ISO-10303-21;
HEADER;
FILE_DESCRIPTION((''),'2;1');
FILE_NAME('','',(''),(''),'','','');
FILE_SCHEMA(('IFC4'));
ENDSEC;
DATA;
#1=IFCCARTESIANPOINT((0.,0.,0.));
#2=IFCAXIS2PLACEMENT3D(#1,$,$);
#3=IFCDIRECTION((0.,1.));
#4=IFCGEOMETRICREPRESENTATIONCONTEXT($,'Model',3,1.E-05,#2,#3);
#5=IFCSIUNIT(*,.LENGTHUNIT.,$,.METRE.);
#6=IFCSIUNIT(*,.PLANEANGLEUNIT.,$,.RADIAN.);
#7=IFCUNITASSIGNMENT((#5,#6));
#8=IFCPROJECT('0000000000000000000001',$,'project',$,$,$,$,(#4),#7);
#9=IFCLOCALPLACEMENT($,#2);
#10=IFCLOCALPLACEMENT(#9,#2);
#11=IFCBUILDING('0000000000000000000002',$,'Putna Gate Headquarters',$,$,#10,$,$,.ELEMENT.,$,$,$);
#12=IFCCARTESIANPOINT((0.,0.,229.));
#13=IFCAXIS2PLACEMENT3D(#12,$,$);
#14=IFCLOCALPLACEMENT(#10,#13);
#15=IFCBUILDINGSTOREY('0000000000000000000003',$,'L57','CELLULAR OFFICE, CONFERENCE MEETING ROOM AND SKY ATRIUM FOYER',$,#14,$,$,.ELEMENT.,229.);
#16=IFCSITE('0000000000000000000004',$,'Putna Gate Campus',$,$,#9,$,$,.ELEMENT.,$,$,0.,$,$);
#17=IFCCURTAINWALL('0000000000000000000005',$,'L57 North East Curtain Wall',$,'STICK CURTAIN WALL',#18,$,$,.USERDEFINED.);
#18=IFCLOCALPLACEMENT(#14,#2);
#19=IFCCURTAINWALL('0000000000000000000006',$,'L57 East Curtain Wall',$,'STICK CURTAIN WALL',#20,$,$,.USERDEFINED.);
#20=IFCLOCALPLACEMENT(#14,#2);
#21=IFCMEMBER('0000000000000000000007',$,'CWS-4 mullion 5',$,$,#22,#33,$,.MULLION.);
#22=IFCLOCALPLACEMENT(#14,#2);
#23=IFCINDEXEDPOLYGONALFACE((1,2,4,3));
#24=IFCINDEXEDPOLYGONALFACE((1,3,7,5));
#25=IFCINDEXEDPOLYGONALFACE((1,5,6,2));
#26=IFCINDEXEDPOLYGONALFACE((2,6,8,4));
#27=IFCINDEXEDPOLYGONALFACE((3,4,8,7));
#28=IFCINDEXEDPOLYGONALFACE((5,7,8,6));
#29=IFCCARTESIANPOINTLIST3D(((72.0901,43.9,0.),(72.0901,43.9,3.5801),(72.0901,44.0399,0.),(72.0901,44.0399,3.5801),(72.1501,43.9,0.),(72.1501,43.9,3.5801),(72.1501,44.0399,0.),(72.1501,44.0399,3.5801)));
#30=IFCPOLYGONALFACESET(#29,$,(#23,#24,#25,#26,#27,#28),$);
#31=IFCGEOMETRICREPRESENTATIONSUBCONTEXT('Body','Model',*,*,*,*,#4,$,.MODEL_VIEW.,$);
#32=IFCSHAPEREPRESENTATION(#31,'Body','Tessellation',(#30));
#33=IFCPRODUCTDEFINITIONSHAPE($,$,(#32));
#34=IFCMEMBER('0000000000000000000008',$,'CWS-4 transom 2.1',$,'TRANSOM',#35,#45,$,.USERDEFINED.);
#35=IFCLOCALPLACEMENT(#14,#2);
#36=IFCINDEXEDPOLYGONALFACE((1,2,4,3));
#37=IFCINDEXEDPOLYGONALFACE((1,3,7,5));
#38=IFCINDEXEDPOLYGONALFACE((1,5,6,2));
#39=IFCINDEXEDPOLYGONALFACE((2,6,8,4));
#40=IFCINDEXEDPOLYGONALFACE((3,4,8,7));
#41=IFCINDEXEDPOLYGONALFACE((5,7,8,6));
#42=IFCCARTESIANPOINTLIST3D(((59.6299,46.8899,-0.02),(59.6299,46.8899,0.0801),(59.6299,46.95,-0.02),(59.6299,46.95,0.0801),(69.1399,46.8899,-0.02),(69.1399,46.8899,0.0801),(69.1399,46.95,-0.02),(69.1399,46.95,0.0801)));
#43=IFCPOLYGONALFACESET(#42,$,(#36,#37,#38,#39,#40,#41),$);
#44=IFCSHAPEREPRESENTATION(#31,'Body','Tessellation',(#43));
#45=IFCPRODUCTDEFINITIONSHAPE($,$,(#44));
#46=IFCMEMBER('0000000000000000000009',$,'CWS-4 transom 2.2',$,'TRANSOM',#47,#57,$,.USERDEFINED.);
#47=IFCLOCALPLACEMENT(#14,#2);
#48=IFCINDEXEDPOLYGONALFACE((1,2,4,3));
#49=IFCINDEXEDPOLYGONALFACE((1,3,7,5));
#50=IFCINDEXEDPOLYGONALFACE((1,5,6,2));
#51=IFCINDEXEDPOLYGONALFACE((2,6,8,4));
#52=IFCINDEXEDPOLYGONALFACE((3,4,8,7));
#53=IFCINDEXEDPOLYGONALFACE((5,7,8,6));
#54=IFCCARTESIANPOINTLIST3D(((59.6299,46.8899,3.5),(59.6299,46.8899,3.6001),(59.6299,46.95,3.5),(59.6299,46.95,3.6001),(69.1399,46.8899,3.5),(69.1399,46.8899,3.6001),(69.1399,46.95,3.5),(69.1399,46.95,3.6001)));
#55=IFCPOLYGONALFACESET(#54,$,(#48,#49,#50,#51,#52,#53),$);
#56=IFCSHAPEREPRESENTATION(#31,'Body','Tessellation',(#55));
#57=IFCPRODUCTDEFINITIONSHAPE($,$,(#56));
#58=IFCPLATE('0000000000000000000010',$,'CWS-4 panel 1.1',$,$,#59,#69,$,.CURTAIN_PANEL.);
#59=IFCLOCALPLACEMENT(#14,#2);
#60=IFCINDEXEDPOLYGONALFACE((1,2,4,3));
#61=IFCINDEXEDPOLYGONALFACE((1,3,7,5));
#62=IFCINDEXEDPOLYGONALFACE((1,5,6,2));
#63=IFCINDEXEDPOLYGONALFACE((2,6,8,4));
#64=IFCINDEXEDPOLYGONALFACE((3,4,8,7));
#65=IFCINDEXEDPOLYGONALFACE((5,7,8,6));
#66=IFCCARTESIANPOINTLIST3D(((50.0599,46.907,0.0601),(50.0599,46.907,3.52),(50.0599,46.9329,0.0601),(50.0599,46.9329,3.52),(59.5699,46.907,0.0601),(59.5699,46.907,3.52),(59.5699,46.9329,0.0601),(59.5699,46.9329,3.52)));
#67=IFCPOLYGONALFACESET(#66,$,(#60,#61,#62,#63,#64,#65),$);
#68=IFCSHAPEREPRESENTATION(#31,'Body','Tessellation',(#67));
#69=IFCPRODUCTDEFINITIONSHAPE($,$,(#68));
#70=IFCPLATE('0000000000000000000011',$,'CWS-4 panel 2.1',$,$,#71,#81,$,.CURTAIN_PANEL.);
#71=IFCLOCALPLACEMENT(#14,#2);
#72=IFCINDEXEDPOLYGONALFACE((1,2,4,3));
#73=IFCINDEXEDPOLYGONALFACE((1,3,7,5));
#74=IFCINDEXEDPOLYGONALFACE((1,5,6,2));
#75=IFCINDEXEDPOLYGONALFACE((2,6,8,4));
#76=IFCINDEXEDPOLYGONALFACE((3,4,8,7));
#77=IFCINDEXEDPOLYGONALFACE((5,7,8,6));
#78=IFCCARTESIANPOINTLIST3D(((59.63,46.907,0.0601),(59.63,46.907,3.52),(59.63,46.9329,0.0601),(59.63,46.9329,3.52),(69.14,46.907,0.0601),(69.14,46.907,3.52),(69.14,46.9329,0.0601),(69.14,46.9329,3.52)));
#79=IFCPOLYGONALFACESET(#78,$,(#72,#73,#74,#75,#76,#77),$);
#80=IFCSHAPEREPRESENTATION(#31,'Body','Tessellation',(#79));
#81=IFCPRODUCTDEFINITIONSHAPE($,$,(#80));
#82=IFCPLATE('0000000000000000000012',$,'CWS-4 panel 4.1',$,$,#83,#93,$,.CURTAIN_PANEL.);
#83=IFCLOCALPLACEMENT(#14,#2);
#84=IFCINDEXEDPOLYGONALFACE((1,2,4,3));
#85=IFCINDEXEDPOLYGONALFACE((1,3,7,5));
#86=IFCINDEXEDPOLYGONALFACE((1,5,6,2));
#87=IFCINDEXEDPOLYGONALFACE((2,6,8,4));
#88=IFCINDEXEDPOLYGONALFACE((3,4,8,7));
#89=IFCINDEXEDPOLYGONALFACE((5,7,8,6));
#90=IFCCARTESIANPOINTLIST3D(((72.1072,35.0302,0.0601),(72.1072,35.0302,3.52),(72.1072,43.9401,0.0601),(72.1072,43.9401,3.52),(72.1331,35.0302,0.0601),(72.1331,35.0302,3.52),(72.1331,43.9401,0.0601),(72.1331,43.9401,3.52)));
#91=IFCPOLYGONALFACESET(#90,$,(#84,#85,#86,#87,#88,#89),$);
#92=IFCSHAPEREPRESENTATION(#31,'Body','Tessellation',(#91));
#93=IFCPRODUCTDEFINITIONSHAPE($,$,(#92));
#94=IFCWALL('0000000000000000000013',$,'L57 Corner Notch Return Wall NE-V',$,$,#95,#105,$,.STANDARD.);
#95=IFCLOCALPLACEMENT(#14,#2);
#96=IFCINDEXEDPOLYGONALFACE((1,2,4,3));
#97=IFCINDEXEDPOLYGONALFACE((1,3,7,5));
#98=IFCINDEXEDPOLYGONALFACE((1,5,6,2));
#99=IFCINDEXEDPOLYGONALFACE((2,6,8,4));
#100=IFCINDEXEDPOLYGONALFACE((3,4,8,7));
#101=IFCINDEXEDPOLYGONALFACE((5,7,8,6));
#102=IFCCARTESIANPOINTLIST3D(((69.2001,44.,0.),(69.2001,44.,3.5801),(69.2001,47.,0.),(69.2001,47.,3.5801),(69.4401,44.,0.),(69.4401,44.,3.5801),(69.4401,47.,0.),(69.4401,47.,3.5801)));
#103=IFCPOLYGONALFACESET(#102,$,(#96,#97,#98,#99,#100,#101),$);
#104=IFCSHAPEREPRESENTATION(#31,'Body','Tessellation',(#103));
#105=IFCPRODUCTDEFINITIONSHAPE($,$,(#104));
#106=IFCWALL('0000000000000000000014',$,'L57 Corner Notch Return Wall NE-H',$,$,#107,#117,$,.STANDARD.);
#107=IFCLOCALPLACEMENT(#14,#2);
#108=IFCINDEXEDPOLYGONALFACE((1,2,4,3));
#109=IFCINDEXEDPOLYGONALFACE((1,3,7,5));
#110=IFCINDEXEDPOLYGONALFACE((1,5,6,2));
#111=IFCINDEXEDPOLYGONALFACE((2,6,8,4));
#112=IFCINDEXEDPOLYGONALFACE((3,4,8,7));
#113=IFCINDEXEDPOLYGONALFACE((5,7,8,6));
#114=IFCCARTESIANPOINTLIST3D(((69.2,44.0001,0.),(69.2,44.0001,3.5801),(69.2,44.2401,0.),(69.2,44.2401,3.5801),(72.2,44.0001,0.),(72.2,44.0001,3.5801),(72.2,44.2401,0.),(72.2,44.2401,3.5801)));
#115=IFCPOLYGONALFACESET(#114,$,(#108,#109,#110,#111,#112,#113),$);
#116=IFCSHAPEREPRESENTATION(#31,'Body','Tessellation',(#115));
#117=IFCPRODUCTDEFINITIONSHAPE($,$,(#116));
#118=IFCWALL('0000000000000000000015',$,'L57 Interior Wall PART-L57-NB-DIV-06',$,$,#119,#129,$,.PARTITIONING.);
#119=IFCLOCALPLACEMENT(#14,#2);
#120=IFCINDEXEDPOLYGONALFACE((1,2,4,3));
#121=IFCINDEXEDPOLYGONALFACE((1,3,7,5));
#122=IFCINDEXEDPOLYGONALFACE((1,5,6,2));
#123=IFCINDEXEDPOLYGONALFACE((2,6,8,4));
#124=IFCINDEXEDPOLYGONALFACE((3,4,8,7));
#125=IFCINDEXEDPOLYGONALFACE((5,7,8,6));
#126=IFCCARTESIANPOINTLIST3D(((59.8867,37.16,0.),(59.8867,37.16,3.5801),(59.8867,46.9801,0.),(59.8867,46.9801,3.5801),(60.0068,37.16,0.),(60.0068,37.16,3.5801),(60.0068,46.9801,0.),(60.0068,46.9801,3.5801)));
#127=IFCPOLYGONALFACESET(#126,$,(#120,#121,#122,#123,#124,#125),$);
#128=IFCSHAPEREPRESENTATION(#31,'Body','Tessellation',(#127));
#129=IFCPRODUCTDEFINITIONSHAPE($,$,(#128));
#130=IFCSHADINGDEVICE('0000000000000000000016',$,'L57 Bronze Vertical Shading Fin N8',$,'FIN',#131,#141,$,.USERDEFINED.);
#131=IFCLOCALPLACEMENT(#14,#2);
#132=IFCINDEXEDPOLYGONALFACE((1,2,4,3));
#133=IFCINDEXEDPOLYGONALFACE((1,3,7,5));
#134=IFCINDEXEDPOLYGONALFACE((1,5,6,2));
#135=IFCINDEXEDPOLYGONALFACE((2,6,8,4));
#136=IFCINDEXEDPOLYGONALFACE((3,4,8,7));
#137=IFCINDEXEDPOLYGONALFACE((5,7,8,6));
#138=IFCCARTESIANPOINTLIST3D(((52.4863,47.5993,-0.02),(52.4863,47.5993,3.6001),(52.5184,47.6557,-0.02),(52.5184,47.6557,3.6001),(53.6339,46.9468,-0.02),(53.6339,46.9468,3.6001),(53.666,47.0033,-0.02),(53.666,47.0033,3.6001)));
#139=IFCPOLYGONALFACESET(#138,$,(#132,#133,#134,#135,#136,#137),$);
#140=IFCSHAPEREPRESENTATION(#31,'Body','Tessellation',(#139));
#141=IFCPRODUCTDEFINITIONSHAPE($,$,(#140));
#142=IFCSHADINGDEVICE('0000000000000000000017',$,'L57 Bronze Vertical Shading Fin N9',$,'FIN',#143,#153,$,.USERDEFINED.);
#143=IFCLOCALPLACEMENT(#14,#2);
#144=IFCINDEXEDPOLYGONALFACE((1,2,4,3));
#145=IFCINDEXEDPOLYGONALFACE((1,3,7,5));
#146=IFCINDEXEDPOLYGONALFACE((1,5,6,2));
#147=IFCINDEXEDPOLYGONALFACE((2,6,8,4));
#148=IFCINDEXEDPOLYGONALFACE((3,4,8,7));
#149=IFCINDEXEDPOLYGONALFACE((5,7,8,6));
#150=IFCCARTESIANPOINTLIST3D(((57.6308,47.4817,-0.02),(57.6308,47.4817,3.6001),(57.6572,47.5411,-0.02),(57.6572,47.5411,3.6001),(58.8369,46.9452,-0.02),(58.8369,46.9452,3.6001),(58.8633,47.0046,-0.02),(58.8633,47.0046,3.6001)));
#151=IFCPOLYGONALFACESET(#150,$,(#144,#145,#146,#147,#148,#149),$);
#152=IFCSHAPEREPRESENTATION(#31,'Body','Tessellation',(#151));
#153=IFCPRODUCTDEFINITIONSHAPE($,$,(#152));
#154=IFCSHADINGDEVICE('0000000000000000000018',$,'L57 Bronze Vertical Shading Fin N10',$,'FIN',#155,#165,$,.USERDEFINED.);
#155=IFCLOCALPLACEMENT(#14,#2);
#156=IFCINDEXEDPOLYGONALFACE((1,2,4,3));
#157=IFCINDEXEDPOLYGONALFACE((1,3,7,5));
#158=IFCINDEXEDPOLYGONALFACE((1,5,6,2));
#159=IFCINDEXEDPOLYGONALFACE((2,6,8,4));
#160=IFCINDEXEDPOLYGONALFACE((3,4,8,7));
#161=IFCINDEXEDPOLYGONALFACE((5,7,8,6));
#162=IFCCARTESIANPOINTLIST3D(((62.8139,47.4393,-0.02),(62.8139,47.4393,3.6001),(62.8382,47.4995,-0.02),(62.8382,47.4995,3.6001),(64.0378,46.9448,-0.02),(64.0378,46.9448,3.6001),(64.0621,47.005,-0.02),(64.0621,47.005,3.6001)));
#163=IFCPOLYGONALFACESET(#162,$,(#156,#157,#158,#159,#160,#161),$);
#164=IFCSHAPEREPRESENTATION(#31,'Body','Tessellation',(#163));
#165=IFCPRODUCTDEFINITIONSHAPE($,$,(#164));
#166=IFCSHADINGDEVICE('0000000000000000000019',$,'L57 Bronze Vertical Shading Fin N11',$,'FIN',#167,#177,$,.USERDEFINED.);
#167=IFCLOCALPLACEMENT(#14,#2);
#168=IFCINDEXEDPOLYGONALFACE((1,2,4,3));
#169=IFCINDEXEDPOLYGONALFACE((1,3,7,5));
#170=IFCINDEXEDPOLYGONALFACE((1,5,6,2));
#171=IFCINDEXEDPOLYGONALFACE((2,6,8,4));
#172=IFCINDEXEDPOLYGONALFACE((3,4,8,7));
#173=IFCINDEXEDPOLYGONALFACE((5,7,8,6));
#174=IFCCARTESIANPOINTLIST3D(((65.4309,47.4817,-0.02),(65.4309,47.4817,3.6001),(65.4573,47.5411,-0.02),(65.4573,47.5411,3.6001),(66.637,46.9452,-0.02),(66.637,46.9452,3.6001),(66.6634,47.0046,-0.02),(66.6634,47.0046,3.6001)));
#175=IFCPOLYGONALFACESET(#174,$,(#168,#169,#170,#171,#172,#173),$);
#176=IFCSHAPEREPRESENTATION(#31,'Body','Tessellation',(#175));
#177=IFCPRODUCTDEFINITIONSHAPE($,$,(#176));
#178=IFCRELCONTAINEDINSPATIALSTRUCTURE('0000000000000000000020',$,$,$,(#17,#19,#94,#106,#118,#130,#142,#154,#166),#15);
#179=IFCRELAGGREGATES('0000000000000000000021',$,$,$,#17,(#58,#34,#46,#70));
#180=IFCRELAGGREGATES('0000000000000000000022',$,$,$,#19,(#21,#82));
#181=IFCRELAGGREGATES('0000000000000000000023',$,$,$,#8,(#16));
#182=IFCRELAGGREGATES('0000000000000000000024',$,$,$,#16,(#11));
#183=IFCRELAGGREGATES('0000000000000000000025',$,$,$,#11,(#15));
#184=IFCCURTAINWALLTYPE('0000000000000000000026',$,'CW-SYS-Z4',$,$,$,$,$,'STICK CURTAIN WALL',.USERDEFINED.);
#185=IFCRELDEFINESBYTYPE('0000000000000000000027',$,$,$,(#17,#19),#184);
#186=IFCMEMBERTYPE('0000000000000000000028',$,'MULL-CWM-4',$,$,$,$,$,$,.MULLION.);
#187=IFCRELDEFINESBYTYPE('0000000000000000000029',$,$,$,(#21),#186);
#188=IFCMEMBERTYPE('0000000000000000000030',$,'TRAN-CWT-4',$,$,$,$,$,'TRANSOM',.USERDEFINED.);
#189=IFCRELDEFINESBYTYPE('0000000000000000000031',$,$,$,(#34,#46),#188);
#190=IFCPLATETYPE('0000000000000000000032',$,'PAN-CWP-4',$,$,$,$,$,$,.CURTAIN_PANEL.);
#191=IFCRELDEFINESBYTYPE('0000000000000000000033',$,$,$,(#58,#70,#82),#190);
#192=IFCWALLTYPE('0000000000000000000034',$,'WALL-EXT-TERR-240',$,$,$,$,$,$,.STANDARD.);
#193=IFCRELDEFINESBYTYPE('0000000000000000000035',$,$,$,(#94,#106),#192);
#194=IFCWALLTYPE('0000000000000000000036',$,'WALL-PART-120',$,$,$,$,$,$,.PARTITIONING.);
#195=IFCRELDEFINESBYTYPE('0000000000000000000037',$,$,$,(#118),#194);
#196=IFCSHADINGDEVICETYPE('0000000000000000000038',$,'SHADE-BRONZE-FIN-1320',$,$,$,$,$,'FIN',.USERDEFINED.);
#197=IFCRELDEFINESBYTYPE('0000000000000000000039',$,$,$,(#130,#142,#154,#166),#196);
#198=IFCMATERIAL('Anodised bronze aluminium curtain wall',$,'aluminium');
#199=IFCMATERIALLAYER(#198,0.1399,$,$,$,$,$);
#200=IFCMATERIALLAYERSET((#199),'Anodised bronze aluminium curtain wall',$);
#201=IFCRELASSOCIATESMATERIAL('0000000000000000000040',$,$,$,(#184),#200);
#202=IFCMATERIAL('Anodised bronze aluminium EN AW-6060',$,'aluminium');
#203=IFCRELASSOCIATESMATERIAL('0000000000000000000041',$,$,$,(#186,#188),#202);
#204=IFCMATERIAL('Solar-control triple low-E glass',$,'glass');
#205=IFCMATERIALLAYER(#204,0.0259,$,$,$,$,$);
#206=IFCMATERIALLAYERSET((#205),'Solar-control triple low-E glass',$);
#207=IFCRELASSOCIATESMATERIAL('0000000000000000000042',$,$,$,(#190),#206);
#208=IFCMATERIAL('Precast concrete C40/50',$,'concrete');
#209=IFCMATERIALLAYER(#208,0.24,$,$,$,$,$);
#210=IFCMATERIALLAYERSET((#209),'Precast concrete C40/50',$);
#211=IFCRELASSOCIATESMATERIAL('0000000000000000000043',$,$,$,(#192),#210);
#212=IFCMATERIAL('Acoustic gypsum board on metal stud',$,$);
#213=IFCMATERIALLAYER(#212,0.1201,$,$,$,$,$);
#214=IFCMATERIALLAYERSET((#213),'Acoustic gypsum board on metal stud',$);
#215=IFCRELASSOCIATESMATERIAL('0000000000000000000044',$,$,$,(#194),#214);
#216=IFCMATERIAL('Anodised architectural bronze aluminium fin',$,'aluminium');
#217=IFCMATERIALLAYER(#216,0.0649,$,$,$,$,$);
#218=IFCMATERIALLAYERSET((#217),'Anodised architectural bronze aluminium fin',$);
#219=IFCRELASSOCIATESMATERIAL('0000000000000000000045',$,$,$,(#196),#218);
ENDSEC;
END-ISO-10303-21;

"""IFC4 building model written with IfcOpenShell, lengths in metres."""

from ifc_helpers import new_model, si_unit, direction, frame, frame_2d, origin, origin_2d, place, context, subcontext, project, spatial, rectangle, extrude, material, layer, layer_set, material_profile, profile_set, type_object, element, aggregate, save


model = new_model("IFC4")

# Units and contexts
model_context = context("Model", 3, precision=1e-05, world=origin(), true_north=direction((0.0, 1.0)))
body_context = subcontext(model_context, "Body", "Model", "MODEL_VIEW")
ifc_project = project(units=[si_unit("LENGTHUNIT", "METRE"), si_unit("PLANEANGLEUNIT", "RADIAN")], contexts=[model_context])

# Site, building, storey
site_placement = place(None, origin())
site = spatial("IfcSite", under=ifc_project, at=site_placement, Name="Putna Gate Campus", CompositionType="ELEMENT", RefElevation=0.0)
building_placement = place(site_placement, origin())
building = spatial("IfcBuilding", under=site, at=building_placement, Name="Putna Gate Headquarters", CompositionType="ELEMENT")
storey_placement = place(building_placement, frame((0.0, 0.0, 229.0)))
storey = spatial("IfcBuildingStorey", under=building, at=storey_placement, Name="L57", Description="CELLULAR OFFICE, CONFERENCE MEETING ROOM AND SKY ATRIUM FOYER", CompositionType="ELEMENT", Elevation=229.0)

# Curtain wall
ifc_material_1 = material(Name="Anodised bronze aluminium curtain wall", Category="aluminium")
ifc_layer_1 = layer(ifc_material_1, 0.1399)
ifc_layer_set_1 = layer_set([ifc_layer_1], Name="Anodised bronze aluminium curtain wall")
curtain_wall_type = type_object("IfcCurtainWallType", Name="CW-SYS-Z4", ElementType="STICK CURTAIN WALL", PredefinedType="USERDEFINED", material=ifc_layer_set_1)
curtain_wall_1_placement = place(storey_placement, origin())
curtain_wall_1 = element("IfcCurtainWall", 1, at=curtain_wall_1_placement, inside=storey, type_object=curtain_wall_type, Name="L57 North East Curtain Wall", ObjectType="STICK CURTAIN WALL", PredefinedType="USERDEFINED")
ifc_material_2 = material(Name="Anodised bronze aluminium EN AW-6060", Category="aluminium")
ifc_material_profile_1 = material_profile(ifc_material_2, rectangle(XDim=0.0601, YDim=0.1399, at=origin_2d()), Name="Anodised bronze aluminium EN AW-6060")
ifc_profile_set_1 = profile_set([ifc_material_profile_1], Name="Anodised bronze aluminium EN AW-6060")
member_type_1 = type_object("IfcMemberType", Name="MULL-CWM-4", PredefinedType="MULLION", material=ifc_profile_set_1)

# Curtain wall, member
curtain_wall_2_placement = place(storey_placement, origin())
curtain_wall_2 = element("IfcCurtainWall", 2, at=curtain_wall_2_placement, inside=storey, type_object=curtain_wall_type, Name="L57 East Curtain Wall", ObjectType="STICK CURTAIN WALL", PredefinedType="USERDEFINED")
member_1_placement = place(storey_placement, frame((72.1201, 43.97, 0.0), z_axis=(0.0, 0.0, 1.0), x_axis=(-1.0, 0.0, 0.0)))
member_1 = element("IfcMember", 3, at=member_1_placement, type_object=member_type_1, Name="CWS-4 mullion 5", PredefinedType="MULLION", context=body_context, shape_type="SweptSolid", body=[
    extrude(rectangle(XDim=0.0601, YDim=0.1399, at=origin_2d()), origin(), (0.0, 0.0, 1.0), 3.5801),
])

# Members
ifc_material_profile_2 = material_profile(ifc_material_2, rectangle(XDim=0.0601, YDim=0.1001, at=origin_2d()), Name="Anodised bronze aluminium EN AW-6060")
ifc_profile_set_2 = profile_set([ifc_material_profile_2], Name="Anodised bronze aluminium EN AW-6060")
member_type_2 = type_object("IfcMemberType", Name="TRAN-CWT-4", ElementType="TRANSOM", PredefinedType="USERDEFINED", material=ifc_profile_set_2)
member_2_placement = place(storey_placement, frame((59.6299, 46.9199, 0.03), z_axis=(1.0, 0.0, 0.0), x_axis=(0.0, 1.0, 0.0)))
member_2 = element("IfcMember", 4, at=member_2_placement, type_object=member_type_2, Name="CWS-4 transom 2.1", ObjectType="TRANSOM", PredefinedType="USERDEFINED", context=body_context, shape_type="SweptSolid", body=[
    extrude(rectangle(XDim=0.0601, YDim=0.1001, at=origin_2d()), origin(), (0.0, 0.0, 1.0), 9.51),
])
member_3_placement = place(storey_placement, frame((59.6299, 46.9199, 3.55), z_axis=(1.0, 0.0, 0.0), x_axis=(0.0, 1.0, 0.0)))
member_3 = element("IfcMember", 5, at=member_3_placement, type_object=member_type_2, Name="CWS-4 transom 2.2", ObjectType="TRANSOM", PredefinedType="USERDEFINED", context=body_context, shape_type="SweptSolid", body=[
    extrude(rectangle(XDim=0.0601, YDim=0.1001, at=origin_2d()), origin(), (0.0, 0.0, 1.0), 9.51),
])

# Plates
ifc_material_3 = material(Name="Solar-control triple low-E glass", Category="glass")
ifc_layer_2 = layer(ifc_material_3, 0.0259)
ifc_layer_set_2 = layer_set([ifc_layer_2], Name="Solar-control triple low-E glass")
plate_type = type_object("IfcPlateType", Name="PAN-CWP-4", PredefinedType="CURTAIN_PANEL", material=ifc_layer_set_2)
plate_1_placement = place(storey_placement, frame((54.8149, 46.9199, 0.0601), z_axis=(0.0, 0.0, 1.0), x_axis=(1.0, 0.0, 0.0)))
plate_1 = element("IfcPlate", 6, at=plate_1_placement, type_object=plate_type, Name="CWS-4 panel 1.1", PredefinedType="CURTAIN_PANEL", context=body_context, shape_type="SweptSolid", body=[
    extrude(rectangle(XDim=9.51, YDim=0.0259, at=origin_2d()), origin(), (0.0, 0.0, 1.0), 3.46),
])
plate_2_placement = place(storey_placement, frame((64.385, 46.9199, 0.0601), z_axis=(0.0, 0.0, 1.0), x_axis=(1.0, 0.0, 0.0)))
plate_2 = element("IfcPlate", 7, at=plate_2_placement, type_object=plate_type, Name="CWS-4 panel 2.1", PredefinedType="CURTAIN_PANEL", context=body_context, shape_type="SweptSolid", body=[
    extrude(rectangle(XDim=9.51, YDim=0.0259, at=origin_2d()), origin(), (0.0, 0.0, 1.0), 3.46),
])
aggregate(curtain_wall_1, [plate_1, member_2, member_3, plate_2])
plate_3_placement = place(storey_placement, frame((72.1201, 39.4851, 0.0601), z_axis=(0.0, 0.0, 1.0), x_axis=(0.0, 1.0, 0.0)))
plate_3 = element("IfcPlate", 8, at=plate_3_placement, type_object=plate_type, Name="CWS-4 panel 4.1", PredefinedType="CURTAIN_PANEL", context=body_context, shape_type="SweptSolid", body=[
    extrude(rectangle(XDim=8.9099, YDim=0.0259, at=origin_2d()), origin(), (0.0, 0.0, 1.0), 3.46),
])
aggregate(curtain_wall_2, [member_1, plate_3])

# Walls
ifc_material_4 = material(Name="Precast concrete C40/50", Category="concrete")
ifc_layer_3 = layer(ifc_material_4, 0.24)
ifc_layer_set_3 = layer_set([ifc_layer_3], Name="Precast concrete C40/50")
wall_type_1 = type_object("IfcWallType", Name="WALL-EXT-TERR-240", PredefinedType="STANDARD", material=ifc_layer_set_3)
for number, where, z_axis, x_axis, name in (
    (9, (69.3201, 47.0, 0.0), (0.0, 0.0, 1.0), (0.0, -1.0, 0.0), "L57 Corner Notch Return Wall NE-V"),
    (10, (69.2, 44.1201, 0.0), (0.0, 0.0, 1.0), (1.0, 0.0, 0.0), "L57 Corner Notch Return Wall NE-H"),
):
    element("IfcWall", number, at=place(storey_placement, frame(where, z_axis=z_axis, x_axis=x_axis)), inside=storey, type_object=wall_type_1, Name=name, PredefinedType="STANDARD", context=body_context, shape_type="SweptSolid", body=[
        extrude(rectangle(XDim=3.0, YDim=0.24, at=frame_2d((1.5, 0.0))), origin(), (0.0, 0.0, 1.0), 3.5801),
    ])
ifc_material_5 = material(Name="Acoustic gypsum board on metal stud")
ifc_layer_4 = layer(ifc_material_5, 0.1201)
ifc_layer_set_4 = layer_set([ifc_layer_4], Name="Acoustic gypsum board on metal stud")
wall_type_2 = type_object("IfcWallType", Name="WALL-PART-120", PredefinedType="PARTITIONING", material=ifc_layer_set_4)
wall_placement = place(storey_placement, frame((59.9468, 37.1599, 0.0), z_axis=(0.0, 0.0, 1.0), x_axis=(0.0, 1.0, 0.0)))
element("IfcWall", 11, at=wall_placement, inside=storey, type_object=wall_type_2, Name="L57 Interior Wall PART-L57-NB-DIV-06", PredefinedType="PARTITIONING", context=body_context, shape_type="SweptSolid", body=[
    extrude(rectangle(XDim=9.8201, YDim=0.1201, at=frame_2d((4.9102, 0.0))), origin(), (0.0, 0.0, 1.0), 3.5801),
])

# Shading devices
ifc_material_6 = material(Name="Anodised architectural bronze aluminium fin", Category="aluminium")
ifc_layer_5 = layer(ifc_material_6, 0.0649)
ifc_layer_set_5 = layer_set([ifc_layer_5], Name="Anodised architectural bronze aluminium fin")
shading_device_type = type_object("IfcShadingDeviceType", Name="SHADE-BRONZE-FIN-1320", ElementType="FIN", PredefinedType="USERDEFINED", material=ifc_layer_set_5)
for number, where, z_axis, x_axis, name in (
    (12, (53.0762, 47.3013, -0.02), (0.0, 0.0, 1.0), (-0.869322, 0.494245, 0.0), "L57 Bronze Vertical Shading Fin N8"),
    (13, (58.2471, 47.2432, -0.02), (0.0, 0.0, 1.0), (-0.913687, 0.406418, 0.0), "L57 Bronze Vertical Shading Fin N9"),
    (14, (63.438, 47.2222, -0.02), (0.0, 0.0, 1.0), (-0.927184, 0.374607, 0.0), "L57 Bronze Vertical Shading Fin N10"),
    (15, (66.0471, 47.2432, -0.02), (0.0, 0.0, 1.0), (-0.913687, 0.406418, 0.0), "L57 Bronze Vertical Shading Fin N11"),
):
    element("IfcShadingDevice", number, at=place(storey_placement, frame(where, z_axis=z_axis, x_axis=x_axis)), inside=storey, type_object=shading_device_type, Name=name, ObjectType="FIN", PredefinedType="USERDEFINED", context=body_context, shape_type="SweptSolid", body=[
        extrude(rectangle(XDim=1.3201, YDim=0.0649, at=origin_2d()), origin(), (0.0, 0.0, 1.0), 3.6201),
    ])

save(model, "model.ifc")
